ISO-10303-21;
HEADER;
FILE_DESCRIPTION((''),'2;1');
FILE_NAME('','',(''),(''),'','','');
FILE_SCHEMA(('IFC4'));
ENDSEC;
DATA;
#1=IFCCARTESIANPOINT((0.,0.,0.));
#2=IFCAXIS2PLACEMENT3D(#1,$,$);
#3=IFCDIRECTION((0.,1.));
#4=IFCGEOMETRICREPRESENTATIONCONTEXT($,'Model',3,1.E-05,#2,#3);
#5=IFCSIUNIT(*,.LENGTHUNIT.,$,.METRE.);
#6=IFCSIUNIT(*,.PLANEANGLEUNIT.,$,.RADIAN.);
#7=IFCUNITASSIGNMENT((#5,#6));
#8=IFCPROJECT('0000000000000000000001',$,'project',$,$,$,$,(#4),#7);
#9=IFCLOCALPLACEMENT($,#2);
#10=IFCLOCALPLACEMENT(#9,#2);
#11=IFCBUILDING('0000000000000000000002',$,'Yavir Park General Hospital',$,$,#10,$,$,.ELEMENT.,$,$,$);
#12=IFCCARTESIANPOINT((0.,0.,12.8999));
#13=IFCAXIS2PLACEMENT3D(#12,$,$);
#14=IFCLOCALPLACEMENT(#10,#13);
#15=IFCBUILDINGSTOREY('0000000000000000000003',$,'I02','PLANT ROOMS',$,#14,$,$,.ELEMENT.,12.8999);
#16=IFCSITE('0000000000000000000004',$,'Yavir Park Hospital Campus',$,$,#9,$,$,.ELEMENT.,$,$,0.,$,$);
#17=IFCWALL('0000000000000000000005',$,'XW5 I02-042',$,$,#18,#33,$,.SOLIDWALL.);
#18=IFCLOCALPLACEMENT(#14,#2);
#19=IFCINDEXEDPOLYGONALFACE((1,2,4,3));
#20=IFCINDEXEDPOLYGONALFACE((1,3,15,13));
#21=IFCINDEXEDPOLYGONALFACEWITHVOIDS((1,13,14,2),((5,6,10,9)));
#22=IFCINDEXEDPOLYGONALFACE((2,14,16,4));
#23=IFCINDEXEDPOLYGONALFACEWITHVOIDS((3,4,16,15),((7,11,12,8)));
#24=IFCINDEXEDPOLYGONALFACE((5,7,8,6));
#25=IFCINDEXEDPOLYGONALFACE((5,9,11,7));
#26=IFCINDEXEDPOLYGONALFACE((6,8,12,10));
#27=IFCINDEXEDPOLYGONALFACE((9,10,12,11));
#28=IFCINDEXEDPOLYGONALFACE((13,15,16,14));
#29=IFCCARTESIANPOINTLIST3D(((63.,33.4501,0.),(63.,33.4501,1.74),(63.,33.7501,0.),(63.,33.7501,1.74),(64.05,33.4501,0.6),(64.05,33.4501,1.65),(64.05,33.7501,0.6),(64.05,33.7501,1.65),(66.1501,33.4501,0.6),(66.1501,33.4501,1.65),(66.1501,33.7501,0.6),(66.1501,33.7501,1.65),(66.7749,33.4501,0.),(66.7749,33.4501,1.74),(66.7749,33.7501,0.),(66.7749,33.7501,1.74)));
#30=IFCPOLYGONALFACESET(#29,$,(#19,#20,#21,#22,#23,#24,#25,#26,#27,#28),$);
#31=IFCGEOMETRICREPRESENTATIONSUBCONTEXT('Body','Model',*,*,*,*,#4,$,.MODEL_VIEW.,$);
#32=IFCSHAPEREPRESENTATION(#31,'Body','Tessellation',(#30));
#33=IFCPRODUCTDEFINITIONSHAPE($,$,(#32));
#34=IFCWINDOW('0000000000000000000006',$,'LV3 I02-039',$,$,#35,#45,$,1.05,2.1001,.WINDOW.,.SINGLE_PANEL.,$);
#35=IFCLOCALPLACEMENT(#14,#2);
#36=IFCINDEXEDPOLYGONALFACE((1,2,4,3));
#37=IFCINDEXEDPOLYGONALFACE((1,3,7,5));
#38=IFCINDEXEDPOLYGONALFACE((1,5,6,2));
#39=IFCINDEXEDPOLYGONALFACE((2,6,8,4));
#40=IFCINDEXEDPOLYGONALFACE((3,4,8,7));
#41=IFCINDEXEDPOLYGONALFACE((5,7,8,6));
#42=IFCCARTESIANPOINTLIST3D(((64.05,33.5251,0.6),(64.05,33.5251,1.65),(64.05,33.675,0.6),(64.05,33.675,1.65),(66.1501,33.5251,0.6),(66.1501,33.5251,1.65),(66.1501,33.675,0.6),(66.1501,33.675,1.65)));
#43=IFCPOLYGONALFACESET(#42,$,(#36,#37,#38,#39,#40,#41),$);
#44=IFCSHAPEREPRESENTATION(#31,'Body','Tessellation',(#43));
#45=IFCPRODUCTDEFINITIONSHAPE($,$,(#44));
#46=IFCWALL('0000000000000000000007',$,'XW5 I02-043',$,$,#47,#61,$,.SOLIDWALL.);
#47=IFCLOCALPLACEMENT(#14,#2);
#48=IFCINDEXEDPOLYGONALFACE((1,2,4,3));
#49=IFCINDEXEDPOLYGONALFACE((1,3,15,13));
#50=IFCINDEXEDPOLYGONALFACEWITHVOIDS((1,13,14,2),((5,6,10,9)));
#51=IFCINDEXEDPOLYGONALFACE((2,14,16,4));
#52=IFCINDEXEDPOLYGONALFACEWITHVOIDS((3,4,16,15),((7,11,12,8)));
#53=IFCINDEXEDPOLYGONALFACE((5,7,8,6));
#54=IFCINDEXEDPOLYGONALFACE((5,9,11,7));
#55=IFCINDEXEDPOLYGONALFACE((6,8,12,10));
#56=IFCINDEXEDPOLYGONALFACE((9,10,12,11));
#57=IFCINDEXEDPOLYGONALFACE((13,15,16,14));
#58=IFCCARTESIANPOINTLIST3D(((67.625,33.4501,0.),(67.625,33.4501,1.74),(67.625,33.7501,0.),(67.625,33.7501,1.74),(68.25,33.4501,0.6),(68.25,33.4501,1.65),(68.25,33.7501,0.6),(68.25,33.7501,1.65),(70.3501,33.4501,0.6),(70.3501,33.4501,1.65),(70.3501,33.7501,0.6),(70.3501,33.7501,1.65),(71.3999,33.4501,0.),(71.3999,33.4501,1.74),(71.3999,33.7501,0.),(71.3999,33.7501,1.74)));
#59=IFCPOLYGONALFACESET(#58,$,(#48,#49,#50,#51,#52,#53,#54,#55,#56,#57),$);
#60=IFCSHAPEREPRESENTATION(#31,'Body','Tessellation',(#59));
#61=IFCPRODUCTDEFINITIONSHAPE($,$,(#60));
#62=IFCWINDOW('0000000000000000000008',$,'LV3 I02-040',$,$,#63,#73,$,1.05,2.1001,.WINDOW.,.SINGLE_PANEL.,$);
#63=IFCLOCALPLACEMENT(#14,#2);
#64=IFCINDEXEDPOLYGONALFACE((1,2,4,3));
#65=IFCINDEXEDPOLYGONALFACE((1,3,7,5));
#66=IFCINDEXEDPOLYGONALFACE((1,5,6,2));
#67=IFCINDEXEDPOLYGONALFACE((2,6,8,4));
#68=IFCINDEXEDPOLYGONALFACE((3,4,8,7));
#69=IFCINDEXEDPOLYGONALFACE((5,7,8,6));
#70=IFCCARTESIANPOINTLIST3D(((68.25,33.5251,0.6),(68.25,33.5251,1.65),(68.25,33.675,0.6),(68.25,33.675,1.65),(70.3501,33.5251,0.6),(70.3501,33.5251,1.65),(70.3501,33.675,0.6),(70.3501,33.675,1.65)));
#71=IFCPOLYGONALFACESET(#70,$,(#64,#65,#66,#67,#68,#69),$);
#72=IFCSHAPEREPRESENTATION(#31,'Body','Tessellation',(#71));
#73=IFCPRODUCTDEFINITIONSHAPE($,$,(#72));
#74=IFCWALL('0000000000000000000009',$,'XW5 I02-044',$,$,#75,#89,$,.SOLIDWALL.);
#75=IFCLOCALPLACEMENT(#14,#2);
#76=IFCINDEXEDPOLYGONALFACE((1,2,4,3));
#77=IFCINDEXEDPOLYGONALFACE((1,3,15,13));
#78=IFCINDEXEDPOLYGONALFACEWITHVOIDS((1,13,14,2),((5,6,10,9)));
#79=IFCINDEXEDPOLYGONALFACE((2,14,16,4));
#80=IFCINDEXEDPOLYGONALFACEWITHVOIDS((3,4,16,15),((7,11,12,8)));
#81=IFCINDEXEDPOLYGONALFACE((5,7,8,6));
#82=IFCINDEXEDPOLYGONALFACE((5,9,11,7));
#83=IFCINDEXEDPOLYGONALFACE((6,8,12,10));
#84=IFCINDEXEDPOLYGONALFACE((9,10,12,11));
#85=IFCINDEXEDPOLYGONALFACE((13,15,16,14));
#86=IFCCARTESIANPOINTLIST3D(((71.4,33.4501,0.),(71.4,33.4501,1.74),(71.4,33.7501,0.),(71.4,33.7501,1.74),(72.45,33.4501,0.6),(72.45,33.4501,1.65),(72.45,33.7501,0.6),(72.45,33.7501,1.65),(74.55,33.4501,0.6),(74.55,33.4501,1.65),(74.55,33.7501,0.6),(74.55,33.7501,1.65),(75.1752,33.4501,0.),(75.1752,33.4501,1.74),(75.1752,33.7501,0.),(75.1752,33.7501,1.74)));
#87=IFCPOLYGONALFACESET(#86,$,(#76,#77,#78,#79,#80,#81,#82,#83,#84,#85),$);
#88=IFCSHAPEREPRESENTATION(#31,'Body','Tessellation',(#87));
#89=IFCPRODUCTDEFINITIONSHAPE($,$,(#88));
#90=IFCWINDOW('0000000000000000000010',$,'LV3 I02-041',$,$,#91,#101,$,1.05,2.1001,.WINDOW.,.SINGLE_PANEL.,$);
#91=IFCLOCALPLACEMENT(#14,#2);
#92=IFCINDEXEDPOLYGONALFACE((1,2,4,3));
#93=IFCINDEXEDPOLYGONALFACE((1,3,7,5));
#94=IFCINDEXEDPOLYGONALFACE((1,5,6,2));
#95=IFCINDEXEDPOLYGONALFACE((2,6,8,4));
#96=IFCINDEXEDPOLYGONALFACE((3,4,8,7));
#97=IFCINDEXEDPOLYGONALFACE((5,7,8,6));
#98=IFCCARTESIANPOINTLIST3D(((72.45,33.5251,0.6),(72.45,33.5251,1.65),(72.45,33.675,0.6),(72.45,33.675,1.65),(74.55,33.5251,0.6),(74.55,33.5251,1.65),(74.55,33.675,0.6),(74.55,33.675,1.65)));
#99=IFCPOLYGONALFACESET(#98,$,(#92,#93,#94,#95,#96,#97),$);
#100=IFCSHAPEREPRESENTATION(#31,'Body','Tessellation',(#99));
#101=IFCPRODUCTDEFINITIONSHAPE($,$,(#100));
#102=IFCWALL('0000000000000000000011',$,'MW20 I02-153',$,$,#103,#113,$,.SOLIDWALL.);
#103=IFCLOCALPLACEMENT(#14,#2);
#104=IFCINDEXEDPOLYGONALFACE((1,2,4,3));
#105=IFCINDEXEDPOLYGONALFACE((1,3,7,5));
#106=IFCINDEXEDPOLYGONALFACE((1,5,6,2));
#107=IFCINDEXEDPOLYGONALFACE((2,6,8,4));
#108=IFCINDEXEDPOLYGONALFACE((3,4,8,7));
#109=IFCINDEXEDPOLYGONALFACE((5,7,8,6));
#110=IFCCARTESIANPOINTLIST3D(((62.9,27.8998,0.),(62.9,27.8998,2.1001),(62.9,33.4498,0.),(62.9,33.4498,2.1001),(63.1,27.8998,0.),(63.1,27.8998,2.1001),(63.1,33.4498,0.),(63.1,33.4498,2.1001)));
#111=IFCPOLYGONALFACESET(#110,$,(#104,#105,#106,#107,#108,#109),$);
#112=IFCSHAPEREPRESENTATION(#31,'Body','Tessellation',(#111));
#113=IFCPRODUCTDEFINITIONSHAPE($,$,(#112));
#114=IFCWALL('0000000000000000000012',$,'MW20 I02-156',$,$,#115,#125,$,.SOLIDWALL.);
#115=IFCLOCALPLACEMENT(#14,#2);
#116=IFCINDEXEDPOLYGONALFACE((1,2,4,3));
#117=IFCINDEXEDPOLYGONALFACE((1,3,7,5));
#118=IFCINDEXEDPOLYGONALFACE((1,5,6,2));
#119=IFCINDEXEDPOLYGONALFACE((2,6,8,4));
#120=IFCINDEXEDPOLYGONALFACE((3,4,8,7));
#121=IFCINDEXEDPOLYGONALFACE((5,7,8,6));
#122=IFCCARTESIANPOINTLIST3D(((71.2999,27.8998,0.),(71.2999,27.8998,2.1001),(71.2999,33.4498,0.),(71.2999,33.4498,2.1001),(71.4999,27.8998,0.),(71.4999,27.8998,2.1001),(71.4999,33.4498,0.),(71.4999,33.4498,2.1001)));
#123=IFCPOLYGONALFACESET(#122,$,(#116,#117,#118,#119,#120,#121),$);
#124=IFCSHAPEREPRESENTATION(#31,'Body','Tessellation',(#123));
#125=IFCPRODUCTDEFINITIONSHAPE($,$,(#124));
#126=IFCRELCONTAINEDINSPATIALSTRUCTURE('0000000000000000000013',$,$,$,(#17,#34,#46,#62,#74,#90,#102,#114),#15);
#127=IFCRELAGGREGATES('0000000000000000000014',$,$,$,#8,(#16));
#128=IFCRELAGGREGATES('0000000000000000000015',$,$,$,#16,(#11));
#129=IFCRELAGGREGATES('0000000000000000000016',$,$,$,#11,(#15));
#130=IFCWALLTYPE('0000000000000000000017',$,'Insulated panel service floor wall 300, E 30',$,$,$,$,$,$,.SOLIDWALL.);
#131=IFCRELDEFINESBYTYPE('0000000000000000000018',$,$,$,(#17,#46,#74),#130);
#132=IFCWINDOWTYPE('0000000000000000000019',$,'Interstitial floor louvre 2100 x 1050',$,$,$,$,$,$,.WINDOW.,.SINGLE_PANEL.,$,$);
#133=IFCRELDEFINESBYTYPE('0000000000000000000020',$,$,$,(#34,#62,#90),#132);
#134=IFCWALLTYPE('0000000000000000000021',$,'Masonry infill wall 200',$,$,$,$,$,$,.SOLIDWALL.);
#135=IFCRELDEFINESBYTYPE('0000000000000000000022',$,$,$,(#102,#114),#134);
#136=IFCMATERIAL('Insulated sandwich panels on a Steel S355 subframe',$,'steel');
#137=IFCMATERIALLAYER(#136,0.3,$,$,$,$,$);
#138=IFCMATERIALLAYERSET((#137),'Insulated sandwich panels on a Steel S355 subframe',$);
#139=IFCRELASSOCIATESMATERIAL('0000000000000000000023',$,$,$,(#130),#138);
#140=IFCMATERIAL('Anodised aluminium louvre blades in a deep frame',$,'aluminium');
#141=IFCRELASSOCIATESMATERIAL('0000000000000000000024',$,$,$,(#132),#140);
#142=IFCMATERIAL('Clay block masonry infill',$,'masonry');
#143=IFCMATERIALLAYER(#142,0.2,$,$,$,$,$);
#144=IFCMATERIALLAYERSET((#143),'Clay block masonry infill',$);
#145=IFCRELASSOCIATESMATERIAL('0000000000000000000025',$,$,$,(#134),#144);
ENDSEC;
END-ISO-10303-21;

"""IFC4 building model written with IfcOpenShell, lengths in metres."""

from ifc_helpers import new_model, si_unit, direction, frame, frame_2d, origin, place, context, subcontext, project, spatial, rectangle, extrude, material, layer, layer_set, type_object, element, fill, save


model = new_model("IFC4")

# Units and contexts
model_context = context("Model", 3, precision=1e-05, world=origin(), true_north=direction((0.0, 1.0)))
body_context = subcontext(model_context, "Body", "Model", "MODEL_VIEW")
ifc_project = project(units=[si_unit("LENGTHUNIT", "METRE"), si_unit("PLANEANGLEUNIT", "RADIAN")], contexts=[model_context])

# Site, building, storey
site_placement = place(None, origin())
site = spatial("IfcSite", under=ifc_project, at=site_placement, Name="Yavir Park Hospital Campus", CompositionType="ELEMENT", RefElevation=0.0)
building_placement = place(site_placement, origin())
building = spatial("IfcBuilding", under=site, at=building_placement, Name="Yavir Park General Hospital", CompositionType="ELEMENT")
storey_placement = place(building_placement, frame((0.0, 0.0, 12.8999)))
storey = spatial("IfcBuildingStorey", under=building, at=storey_placement, Name="I02", Description="PLANT ROOMS", CompositionType="ELEMENT", Elevation=12.8999)

# Walls, openings, windows
ifc_material_1 = material(Name="Insulated sandwich panels on a Steel S355 subframe", Category="steel")
ifc_layer_1 = layer(ifc_material_1, 0.3)
ifc_layer_set_1 = layer_set([ifc_layer_1], Name="Insulated sandwich panels on a Steel S355 subframe")
wall_type_1 = type_object("IfcWallType", Name="Insulated panel service floor wall 300, E 30", PredefinedType="SOLIDWALL", material=ifc_layer_set_1)
ifc_material_2 = material(Name="Anodised aluminium louvre blades in a deep frame", Category="aluminium")
window_type = type_object("IfcWindowType", Name="Interstitial floor louvre 2100 x 1050", PartitioningType="SINGLE_PANEL", PredefinedType="WINDOW", material=ifc_material_2)
wall_1_placement = place(storey_placement, frame((63.0, 33.6001, 0.0), z_axis=(0.0, 0.0, 1.0), x_axis=(1.0, 0.0, 0.0)))
wall_1 = element("IfcWall", 1, at=wall_1_placement, inside=storey, type_object=wall_type_1, Name="XW5 I02-042", PredefinedType="SOLIDWALL", context=body_context, shape_type="SweptSolid", body=[
    extrude(rectangle(XDim=3.7749, YDim=0.3, at=frame_2d((1.8875, 0.0))), origin(), (0.0, 0.0, 1.0), 1.74),
])
opening_1_placement = place(wall_1_placement, frame((1.05, 0.0, 0.6001)))
opening_1 = element("IfcOpeningElement", 2, at=opening_1_placement, cuts=wall_1, PredefinedType="OPENING", context=body_context, shape_type="SweptSolid", body=[
    extrude(rectangle(XDim=2.1001, YDim=1.05, at=frame_2d((1.05, 0.5249))), frame((0.0, 0.1599, 0.0), z_axis=(0.0, -1.0, 0.0), x_axis=(1.0, 0.0, 0.0)), (0.0, 0.0, 1.0), 0.3201),
])
window_1_placement = place(opening_1_placement, origin())
window_1 = element("IfcWindow", 3, at=window_1_placement, inside=storey, type_object=window_type, Name="LV3 I02-039", OverallHeight=1.05, OverallWidth=2.1001, PartitioningType="SINGLE_PANEL", PredefinedType="WINDOW", context=body_context, shape_type="SweptSolid", body=[
    extrude(rectangle(XDim=2.1001, YDim=1.05, at=frame_2d((1.05, 0.5249))), frame((0.0, 0.075, 0.0), z_axis=(0.0, -1.0, 0.0), x_axis=(1.0, 0.0, 0.0)), (0.0, 0.0, 1.0), 0.1499),
])
fill(opening_1, window_1)
wall_2_placement = place(storey_placement, frame((67.625, 33.6001, 0.0), z_axis=(0.0, 0.0, 1.0), x_axis=(1.0, 0.0, 0.0)))
wall_2 = element("IfcWall", 4, at=wall_2_placement, inside=storey, type_object=wall_type_1, Name="XW5 I02-043", PredefinedType="SOLIDWALL", context=body_context, shape_type="SweptSolid", body=[
    extrude(rectangle(XDim=3.7749, YDim=0.3, at=frame_2d((1.8875, 0.0))), origin(), (0.0, 0.0, 1.0), 1.74),
])
opening_2_placement = place(wall_2_placement, frame((0.625, 0.0, 0.6001)))
opening_2 = element("IfcOpeningElement", 5, at=opening_2_placement, cuts=wall_2, PredefinedType="OPENING", context=body_context, shape_type="SweptSolid", body=[
    extrude(rectangle(XDim=2.1001, YDim=1.05, at=frame_2d((1.05, 0.5249))), frame((0.0, 0.1599, 0.0), z_axis=(0.0, -1.0, 0.0), x_axis=(1.0, 0.0, 0.0)), (0.0, 0.0, 1.0), 0.3201),
])
window_2_placement = place(opening_2_placement, origin())
window_2 = element("IfcWindow", 6, at=window_2_placement, inside=storey, type_object=window_type, Name="LV3 I02-040", OverallHeight=1.05, OverallWidth=2.1001, PartitioningType="SINGLE_PANEL", PredefinedType="WINDOW", context=body_context, shape_type="SweptSolid", body=[
    extrude(rectangle(XDim=2.1001, YDim=1.05, at=frame_2d((1.05, 0.5249))), frame((0.0, 0.075, 0.0), z_axis=(0.0, -1.0, 0.0), x_axis=(1.0, 0.0, 0.0)), (0.0, 0.0, 1.0), 0.1499),
])
fill(opening_2, window_2)
wall_3_placement = place(storey_placement, frame((71.3999, 33.6001, 0.0), z_axis=(0.0, 0.0, 1.0), x_axis=(1.0, 0.0, 0.0)))
wall_3 = element("IfcWall", 7, at=wall_3_placement, inside=storey, type_object=wall_type_1, Name="XW5 I02-044", PredefinedType="SOLIDWALL", context=body_context, shape_type="SweptSolid", body=[
    extrude(rectangle(XDim=3.7751, YDim=0.3, at=frame_2d((1.8877, 0.0))), origin(), (0.0, 0.0, 1.0), 1.74),
])
opening_3_placement = place(wall_3_placement, frame((1.05, 0.0, 0.6001)))
opening_3 = element("IfcOpeningElement", 8, at=opening_3_placement, cuts=wall_3, PredefinedType="OPENING", context=body_context, shape_type="SweptSolid", body=[
    extrude(rectangle(XDim=2.1001, YDim=1.05, at=frame_2d((1.05, 0.5249))), frame((0.0, 0.1599, 0.0), z_axis=(0.0, -1.0, 0.0), x_axis=(1.0, 0.0, 0.0)), (0.0, 0.0, 1.0), 0.3201),
])
window_3_placement = place(opening_3_placement, origin())
window_3 = element("IfcWindow", 9, at=window_3_placement, inside=storey, type_object=window_type, Name="LV3 I02-041", OverallHeight=1.05, OverallWidth=2.1001, PartitioningType="SINGLE_PANEL", PredefinedType="WINDOW", context=body_context, shape_type="SweptSolid", body=[
    extrude(rectangle(XDim=2.1001, YDim=1.05, at=frame_2d((1.05, 0.5249))), frame((0.0, 0.075, 0.0), z_axis=(0.0, -1.0, 0.0), x_axis=(1.0, 0.0, 0.0)), (0.0, 0.0, 1.0), 0.1499),
])
fill(opening_3, window_3)

# Walls
ifc_material_3 = material(Name="Clay block masonry infill", Category="masonry")
ifc_layer_2 = layer(ifc_material_3, 0.2)
ifc_layer_set_2 = layer_set([ifc_layer_2], Name="Clay block masonry infill")
wall_type_2 = type_object("IfcWallType", Name="Masonry infill wall 200", PredefinedType="SOLIDWALL", material=ifc_layer_set_2)
for number, where, z_axis, x_axis, name in (
    (10, (63.0, 27.8999, 0.0), (0.0, 0.0, 1.0), (0.0, 1.0, 0.0), "MW20 I02-153"),
    (11, (71.3999, 27.8999, 0.0), (0.0, 0.0, 1.0), (0.0, 1.0, 0.0), "MW20 I02-156"),
):
    element("IfcWall", number, at=place(storey_placement, frame(where, z_axis=z_axis, x_axis=x_axis)), inside=storey, type_object=wall_type_2, Name=name, PredefinedType="SOLIDWALL", context=body_context, shape_type="SweptSolid", body=[
        extrude(rectangle(XDim=5.55, YDim=0.2, at=frame_2d((2.7749, 0.0))), origin(), (0.0, 0.0, 1.0), 2.1001),
    ])

save(model, "model.ifc")
